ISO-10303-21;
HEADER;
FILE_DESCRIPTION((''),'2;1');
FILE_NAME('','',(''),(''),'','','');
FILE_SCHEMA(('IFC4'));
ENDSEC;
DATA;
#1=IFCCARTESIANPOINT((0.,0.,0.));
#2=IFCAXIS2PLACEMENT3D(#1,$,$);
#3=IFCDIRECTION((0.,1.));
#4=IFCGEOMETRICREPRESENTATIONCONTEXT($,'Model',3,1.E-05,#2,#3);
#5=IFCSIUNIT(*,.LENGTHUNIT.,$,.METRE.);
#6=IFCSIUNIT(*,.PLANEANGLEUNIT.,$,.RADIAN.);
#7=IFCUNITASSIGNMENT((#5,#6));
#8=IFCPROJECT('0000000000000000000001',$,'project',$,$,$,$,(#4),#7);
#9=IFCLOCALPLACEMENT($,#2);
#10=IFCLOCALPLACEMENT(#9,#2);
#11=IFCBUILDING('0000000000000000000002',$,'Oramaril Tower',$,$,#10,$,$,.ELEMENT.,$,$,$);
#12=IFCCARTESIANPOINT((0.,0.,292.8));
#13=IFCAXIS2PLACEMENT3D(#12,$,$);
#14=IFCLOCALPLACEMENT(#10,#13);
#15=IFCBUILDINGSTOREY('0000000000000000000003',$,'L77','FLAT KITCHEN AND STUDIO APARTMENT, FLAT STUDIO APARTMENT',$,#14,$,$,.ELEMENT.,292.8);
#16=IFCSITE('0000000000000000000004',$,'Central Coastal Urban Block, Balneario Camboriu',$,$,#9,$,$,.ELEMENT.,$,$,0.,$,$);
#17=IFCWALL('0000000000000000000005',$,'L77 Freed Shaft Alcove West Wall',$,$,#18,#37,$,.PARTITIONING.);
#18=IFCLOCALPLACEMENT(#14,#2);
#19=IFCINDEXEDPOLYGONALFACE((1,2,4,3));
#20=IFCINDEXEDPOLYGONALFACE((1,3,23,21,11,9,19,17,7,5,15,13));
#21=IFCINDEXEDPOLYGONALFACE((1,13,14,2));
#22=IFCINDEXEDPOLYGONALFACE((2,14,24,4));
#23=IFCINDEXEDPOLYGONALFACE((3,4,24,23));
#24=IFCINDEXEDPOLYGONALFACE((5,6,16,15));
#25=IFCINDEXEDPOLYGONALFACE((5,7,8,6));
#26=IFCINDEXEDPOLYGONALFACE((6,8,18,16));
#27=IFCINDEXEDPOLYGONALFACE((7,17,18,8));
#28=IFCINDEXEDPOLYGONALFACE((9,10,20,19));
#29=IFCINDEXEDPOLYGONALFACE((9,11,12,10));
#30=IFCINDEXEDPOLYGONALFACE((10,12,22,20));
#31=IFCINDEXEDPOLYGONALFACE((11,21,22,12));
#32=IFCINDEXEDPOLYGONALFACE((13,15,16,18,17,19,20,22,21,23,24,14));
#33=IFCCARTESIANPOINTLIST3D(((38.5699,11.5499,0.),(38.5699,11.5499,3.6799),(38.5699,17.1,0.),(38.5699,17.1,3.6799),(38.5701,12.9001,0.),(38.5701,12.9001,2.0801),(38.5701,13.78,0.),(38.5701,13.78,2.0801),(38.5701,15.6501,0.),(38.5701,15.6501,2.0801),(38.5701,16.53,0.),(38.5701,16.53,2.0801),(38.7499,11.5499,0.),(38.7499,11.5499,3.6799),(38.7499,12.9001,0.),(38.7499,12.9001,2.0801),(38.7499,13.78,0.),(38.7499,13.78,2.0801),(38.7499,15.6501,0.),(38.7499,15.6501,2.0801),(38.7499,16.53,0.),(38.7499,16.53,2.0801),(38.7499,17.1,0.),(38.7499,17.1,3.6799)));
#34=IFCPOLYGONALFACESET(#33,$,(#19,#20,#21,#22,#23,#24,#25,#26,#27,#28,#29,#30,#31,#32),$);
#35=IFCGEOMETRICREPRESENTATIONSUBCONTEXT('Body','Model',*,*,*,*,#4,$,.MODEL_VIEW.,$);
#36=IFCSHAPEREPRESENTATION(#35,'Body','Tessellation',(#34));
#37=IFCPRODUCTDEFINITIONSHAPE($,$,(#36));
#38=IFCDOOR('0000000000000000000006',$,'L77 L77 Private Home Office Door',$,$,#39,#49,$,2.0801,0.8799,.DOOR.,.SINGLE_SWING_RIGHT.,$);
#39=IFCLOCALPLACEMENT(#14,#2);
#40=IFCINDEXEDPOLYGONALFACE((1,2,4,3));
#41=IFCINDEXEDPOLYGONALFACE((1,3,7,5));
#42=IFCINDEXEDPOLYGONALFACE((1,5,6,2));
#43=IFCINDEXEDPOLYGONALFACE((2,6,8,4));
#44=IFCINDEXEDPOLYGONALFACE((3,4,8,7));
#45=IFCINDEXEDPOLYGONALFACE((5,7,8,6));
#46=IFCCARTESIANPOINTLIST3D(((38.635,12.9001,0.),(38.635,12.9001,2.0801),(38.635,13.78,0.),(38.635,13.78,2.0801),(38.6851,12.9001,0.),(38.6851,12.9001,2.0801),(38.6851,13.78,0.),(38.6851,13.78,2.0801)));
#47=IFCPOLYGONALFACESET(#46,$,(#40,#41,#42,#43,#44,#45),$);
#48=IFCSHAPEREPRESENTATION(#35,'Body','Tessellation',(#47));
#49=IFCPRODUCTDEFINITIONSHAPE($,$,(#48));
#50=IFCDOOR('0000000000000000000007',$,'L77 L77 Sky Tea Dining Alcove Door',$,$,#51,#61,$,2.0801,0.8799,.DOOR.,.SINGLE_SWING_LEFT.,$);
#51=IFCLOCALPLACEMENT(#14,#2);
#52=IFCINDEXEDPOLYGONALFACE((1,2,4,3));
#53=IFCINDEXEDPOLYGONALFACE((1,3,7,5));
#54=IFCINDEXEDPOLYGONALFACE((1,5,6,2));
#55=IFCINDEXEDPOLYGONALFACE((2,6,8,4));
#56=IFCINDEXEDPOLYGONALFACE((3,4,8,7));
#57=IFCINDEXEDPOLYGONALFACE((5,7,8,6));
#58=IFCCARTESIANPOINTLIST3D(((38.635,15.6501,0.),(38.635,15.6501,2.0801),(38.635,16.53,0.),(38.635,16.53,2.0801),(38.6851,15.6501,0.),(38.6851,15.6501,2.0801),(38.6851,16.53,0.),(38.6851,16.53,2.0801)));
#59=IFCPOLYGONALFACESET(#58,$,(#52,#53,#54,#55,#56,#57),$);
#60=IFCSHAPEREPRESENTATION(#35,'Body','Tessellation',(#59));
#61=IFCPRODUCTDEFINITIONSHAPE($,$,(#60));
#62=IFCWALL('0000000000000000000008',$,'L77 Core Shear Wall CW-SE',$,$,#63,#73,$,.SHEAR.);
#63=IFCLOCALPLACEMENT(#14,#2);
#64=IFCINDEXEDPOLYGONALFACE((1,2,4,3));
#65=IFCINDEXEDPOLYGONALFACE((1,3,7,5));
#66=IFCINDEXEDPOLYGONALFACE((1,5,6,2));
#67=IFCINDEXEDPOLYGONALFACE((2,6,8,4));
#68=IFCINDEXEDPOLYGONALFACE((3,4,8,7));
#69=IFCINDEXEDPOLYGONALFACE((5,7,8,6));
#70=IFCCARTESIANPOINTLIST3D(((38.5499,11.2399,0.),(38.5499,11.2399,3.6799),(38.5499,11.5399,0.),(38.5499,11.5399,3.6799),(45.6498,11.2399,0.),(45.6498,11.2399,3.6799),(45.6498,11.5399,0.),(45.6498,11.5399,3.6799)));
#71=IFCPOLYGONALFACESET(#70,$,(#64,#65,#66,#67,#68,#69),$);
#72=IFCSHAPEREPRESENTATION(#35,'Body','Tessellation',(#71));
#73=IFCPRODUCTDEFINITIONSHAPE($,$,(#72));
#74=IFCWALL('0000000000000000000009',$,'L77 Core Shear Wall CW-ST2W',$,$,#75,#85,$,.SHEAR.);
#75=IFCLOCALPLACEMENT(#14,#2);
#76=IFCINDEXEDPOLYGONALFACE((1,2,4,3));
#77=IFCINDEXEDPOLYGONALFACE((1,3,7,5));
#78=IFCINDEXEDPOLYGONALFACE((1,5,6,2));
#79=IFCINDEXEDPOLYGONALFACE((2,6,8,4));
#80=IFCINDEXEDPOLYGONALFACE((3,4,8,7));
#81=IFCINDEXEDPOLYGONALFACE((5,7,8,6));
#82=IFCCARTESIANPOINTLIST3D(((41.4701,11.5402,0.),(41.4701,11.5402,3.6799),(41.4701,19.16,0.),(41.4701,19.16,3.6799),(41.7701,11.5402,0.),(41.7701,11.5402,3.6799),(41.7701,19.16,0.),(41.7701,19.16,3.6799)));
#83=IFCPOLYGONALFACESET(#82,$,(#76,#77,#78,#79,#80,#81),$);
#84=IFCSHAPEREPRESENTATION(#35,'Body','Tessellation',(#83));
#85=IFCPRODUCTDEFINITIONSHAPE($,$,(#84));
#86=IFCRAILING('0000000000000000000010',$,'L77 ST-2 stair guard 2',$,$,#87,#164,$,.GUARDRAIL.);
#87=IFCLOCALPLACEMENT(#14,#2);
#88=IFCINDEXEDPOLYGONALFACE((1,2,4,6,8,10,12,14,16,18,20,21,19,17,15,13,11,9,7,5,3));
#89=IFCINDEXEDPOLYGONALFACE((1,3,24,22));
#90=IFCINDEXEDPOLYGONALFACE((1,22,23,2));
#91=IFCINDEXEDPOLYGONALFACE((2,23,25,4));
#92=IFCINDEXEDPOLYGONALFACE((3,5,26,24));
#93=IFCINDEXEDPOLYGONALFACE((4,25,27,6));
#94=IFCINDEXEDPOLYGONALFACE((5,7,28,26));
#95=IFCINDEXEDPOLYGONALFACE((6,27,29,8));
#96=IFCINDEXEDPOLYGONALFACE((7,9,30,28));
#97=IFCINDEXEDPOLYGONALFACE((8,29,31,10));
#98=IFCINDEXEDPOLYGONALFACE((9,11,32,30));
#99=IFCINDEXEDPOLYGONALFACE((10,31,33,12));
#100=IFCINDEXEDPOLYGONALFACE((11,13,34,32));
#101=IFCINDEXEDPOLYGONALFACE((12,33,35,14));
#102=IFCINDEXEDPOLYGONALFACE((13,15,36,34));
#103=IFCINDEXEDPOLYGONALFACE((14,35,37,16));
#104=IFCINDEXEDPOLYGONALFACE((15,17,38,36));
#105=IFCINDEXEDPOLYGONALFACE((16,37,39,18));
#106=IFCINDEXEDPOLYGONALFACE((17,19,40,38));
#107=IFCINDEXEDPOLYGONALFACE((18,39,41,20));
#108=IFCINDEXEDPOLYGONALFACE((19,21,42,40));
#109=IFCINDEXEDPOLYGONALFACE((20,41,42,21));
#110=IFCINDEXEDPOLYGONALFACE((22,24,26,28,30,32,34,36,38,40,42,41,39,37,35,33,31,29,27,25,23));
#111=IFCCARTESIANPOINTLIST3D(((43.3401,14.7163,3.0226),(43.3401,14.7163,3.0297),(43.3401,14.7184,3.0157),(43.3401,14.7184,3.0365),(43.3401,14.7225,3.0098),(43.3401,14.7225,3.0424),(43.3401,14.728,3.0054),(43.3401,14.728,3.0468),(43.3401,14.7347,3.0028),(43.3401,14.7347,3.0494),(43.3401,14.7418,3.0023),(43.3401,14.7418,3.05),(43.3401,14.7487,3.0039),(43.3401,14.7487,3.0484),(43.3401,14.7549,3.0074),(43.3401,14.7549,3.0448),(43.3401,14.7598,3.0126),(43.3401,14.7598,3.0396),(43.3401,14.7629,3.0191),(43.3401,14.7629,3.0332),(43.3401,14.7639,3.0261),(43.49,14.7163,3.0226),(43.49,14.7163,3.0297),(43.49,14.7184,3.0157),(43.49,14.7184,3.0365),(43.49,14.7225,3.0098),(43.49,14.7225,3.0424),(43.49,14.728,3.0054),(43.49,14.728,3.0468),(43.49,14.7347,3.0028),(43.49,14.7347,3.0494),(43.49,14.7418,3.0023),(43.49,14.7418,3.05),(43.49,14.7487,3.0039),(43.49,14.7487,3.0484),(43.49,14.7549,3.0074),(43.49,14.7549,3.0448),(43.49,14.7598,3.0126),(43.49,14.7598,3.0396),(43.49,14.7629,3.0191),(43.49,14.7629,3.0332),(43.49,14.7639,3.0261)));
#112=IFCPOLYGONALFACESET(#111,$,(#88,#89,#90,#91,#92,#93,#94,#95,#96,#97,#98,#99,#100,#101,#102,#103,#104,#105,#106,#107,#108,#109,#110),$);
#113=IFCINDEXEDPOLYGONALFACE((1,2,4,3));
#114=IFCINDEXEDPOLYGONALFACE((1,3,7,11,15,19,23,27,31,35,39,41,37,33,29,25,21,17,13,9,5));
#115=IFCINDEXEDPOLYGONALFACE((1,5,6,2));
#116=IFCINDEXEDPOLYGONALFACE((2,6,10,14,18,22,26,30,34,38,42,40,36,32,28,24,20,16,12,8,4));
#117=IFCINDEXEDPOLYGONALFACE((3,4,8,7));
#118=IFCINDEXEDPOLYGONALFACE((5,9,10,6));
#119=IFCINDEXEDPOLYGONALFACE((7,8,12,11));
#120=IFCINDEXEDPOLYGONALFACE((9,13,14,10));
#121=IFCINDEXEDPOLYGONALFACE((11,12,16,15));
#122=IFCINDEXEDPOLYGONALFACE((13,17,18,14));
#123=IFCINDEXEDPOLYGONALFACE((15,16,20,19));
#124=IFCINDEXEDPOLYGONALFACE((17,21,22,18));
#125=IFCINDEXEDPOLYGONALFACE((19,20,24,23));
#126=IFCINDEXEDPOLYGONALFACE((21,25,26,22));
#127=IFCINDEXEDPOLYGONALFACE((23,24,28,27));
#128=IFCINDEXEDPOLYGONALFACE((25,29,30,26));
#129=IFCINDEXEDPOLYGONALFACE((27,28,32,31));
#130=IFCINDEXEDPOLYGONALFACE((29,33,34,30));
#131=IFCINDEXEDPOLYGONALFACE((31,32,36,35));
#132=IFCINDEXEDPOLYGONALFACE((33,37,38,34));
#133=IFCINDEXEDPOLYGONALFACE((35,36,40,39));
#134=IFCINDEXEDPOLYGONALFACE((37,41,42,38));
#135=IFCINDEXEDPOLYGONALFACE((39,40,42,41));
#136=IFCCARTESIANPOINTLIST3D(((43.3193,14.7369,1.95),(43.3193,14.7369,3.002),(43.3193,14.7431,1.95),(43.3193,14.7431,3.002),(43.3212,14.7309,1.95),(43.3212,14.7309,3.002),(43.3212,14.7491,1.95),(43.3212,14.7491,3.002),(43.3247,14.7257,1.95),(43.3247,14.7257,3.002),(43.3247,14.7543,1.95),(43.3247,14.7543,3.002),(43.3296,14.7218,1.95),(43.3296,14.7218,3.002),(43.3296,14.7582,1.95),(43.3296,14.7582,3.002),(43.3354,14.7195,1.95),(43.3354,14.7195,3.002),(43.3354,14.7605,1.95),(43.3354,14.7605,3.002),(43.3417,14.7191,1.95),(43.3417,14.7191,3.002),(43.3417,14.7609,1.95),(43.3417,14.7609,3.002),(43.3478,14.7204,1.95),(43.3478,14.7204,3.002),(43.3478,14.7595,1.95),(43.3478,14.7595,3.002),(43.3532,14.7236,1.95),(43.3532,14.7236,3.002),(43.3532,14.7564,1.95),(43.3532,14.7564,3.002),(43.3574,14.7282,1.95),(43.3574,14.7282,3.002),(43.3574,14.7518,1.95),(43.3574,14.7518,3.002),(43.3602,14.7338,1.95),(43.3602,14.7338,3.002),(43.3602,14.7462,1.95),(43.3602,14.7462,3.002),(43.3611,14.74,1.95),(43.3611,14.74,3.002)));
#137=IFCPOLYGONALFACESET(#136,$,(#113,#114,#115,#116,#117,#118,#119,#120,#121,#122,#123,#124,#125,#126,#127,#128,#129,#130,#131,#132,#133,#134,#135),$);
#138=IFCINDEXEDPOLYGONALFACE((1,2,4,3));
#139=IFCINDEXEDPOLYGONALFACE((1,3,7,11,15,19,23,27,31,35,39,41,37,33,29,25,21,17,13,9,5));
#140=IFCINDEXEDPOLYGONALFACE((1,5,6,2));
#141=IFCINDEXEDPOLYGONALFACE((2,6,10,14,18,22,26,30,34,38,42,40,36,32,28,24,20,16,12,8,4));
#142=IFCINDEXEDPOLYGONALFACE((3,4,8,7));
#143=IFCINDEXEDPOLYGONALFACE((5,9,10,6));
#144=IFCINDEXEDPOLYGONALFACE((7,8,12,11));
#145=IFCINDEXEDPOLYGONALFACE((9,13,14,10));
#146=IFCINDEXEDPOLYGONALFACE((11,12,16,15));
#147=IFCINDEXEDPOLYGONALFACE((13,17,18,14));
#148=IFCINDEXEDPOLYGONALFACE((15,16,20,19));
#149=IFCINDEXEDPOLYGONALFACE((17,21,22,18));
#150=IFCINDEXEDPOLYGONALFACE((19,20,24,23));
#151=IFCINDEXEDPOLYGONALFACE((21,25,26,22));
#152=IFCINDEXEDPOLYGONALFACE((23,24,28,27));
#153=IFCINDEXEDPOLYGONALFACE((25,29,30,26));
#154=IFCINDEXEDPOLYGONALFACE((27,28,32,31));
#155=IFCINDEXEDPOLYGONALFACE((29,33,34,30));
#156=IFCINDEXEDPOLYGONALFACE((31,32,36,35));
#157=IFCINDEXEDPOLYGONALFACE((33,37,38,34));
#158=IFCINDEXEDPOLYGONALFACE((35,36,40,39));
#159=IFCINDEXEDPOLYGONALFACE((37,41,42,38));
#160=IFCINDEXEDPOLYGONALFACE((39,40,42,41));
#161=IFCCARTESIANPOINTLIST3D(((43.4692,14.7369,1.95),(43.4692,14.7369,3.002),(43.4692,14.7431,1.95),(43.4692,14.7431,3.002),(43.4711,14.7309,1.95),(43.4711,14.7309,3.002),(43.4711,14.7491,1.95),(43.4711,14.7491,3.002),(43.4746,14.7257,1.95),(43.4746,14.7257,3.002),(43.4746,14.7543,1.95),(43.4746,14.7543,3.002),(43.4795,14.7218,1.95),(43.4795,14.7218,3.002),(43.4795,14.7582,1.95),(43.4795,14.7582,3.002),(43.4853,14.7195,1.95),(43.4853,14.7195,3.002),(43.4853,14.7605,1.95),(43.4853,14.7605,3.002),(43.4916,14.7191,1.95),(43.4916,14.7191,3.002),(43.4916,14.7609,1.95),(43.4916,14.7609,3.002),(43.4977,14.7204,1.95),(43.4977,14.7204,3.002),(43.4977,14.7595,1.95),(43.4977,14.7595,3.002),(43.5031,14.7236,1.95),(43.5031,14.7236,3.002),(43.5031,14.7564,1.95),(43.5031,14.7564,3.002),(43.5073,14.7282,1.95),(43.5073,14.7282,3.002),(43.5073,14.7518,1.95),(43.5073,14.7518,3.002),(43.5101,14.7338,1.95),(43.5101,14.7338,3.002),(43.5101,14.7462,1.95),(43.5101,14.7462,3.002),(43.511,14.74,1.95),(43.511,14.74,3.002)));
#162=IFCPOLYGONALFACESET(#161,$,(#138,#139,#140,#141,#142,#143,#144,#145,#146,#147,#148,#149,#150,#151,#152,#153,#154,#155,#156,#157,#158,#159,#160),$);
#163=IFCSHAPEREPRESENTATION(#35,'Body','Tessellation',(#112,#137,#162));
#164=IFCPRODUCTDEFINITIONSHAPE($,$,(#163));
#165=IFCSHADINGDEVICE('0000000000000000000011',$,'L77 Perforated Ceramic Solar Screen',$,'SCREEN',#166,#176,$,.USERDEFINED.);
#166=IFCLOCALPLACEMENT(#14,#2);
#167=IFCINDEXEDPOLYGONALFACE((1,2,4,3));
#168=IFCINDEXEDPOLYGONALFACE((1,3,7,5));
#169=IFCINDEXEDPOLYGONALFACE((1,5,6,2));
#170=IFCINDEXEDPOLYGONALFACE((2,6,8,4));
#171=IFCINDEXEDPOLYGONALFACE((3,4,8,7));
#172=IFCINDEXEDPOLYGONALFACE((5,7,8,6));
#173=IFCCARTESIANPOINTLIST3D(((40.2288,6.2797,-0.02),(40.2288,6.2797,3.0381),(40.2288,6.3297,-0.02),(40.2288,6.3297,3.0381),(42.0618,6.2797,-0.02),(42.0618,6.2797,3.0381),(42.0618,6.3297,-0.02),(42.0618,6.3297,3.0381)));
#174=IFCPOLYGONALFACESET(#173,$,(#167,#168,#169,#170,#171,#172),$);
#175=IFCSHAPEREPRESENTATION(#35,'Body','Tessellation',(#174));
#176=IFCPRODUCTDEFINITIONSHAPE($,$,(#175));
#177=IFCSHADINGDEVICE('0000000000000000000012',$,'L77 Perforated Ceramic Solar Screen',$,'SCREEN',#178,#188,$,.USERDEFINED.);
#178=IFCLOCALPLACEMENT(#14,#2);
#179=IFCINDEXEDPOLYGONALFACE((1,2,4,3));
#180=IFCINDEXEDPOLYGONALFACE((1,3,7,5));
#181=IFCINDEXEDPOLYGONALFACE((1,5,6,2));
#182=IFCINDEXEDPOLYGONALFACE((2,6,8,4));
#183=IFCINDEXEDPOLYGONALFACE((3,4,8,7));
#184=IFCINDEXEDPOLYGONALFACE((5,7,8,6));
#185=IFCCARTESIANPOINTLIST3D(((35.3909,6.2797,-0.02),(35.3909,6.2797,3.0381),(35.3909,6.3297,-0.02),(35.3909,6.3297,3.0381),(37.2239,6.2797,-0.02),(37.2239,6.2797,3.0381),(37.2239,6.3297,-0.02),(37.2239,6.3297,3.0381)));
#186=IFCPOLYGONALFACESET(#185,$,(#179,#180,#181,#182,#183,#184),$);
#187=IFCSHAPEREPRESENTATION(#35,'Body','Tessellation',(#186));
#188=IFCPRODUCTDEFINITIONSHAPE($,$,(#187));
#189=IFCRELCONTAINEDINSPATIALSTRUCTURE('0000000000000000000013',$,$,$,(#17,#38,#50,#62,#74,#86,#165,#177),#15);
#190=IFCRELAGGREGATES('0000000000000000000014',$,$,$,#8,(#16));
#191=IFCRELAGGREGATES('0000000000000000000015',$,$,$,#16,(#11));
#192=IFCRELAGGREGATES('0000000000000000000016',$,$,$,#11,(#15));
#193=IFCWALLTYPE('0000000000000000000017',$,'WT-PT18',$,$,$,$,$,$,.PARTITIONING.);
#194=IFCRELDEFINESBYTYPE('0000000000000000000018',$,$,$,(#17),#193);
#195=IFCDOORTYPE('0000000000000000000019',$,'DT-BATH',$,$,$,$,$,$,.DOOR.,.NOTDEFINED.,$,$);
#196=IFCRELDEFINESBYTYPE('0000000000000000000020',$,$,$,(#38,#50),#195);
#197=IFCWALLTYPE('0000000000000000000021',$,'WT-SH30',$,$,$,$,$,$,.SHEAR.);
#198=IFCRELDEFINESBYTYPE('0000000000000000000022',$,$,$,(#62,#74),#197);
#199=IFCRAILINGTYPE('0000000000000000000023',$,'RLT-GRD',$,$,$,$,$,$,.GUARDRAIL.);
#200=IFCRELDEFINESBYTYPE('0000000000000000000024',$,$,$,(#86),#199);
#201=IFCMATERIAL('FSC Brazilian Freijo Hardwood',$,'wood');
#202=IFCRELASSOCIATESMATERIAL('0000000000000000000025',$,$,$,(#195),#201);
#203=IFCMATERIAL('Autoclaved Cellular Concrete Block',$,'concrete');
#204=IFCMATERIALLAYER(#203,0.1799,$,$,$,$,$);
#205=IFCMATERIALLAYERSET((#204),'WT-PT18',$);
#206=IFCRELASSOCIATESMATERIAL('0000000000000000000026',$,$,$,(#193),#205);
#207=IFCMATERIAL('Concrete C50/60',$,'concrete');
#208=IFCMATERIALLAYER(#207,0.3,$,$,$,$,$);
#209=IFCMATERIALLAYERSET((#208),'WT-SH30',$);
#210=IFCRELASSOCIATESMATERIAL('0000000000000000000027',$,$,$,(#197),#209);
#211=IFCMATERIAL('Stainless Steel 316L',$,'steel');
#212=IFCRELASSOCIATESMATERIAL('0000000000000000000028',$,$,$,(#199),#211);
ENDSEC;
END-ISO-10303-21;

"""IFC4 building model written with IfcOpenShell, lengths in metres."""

from ifc_helpers import new_model, si_unit, direction, frame, frame_2d, origin, origin_2d, place, context, subcontext, project, spatial, rectangle, circle, extrude, material, layer, layer_set, type_object, element, fill, save


model = new_model("IFC4")

# Units and contexts
model_context = context("Model", 3, precision=1e-05, world=origin(), true_north=direction((0.0, 1.0)))
body_context = subcontext(model_context, "Body", "Model", "MODEL_VIEW")
ifc_project = project(units=[si_unit("LENGTHUNIT", "METRE"), si_unit("PLANEANGLEUNIT", "RADIAN")], contexts=[model_context])

# Site, building, storey
site_placement = place(None, origin())
site = spatial("IfcSite", under=ifc_project, at=site_placement, Name="Central Coastal Urban Block, Balneario Camboriu", CompositionType="ELEMENT", RefElevation=0.0)
building_placement = place(site_placement, origin())
building = spatial("IfcBuilding", under=site, at=building_placement, Name="Oramaril Tower", CompositionType="ELEMENT")
storey_placement = place(building_placement, frame((0.0, 0.0, 292.8)))
storey = spatial("IfcBuildingStorey", under=building, at=storey_placement, Name="L77", Description="FLAT KITCHEN AND STUDIO APARTMENT, FLAT STUDIO APARTMENT", CompositionType="ELEMENT", Elevation=292.8)

# Shared definitions
ifc_material_1 = material(Name="FSC Brazilian Freijo Hardwood", Category="wood")
door_type_1 = type_object("IfcDoorType", Name="DT-BATH", OperationType="NOTDEFINED", PredefinedType="DOOR", material=ifc_material_1)

# Shared definitions
ifc_material_2 = material(Name="Autoclaved Cellular Concrete Block", Category="concrete")
ifc_layer_1 = layer(ifc_material_2, 0.1799)
ifc_layer_set_1 = layer_set([ifc_layer_1], Name="WT-PT18")
wall_type_1 = type_object("IfcWallType", Name="WT-PT18", PredefinedType="PARTITIONING", material=ifc_layer_set_1)

# Wall, openings, doors
wall_1_placement = place(storey_placement, frame((38.6599, 11.55, 0.0), z_axis=(0.0, 0.0, 1.0), x_axis=(0.0, 1.0, 0.0)))
wall_1 = element("IfcWall", 1, at=wall_1_placement, inside=storey, type_object=wall_type_1, Name="L77 Freed Shaft Alcove West Wall", PredefinedType="PARTITIONING", context=body_context, shape_type="SweptSolid", body=[
    extrude(rectangle(XDim=5.55, YDim=0.1799, at=frame_2d((2.7749, 0.0))), origin(), (0.0, 0.0, 1.0), 3.6799),
])
opening_1_placement = place(wall_1_placement, frame((1.3501, 0.0, 0.0)))
opening_1 = element("IfcOpeningElement", 2, at=opening_1_placement, cuts=wall_1, PredefinedType="OPENING", context=body_context, shape_type="SweptSolid", body=[
    extrude(rectangle(XDim=0.8799, YDim=2.0801, at=frame_2d((0.4399, 1.04))), frame((0.0, 0.0898, 0.0), z_axis=(0.0, -1.0, 0.0), x_axis=(1.0, 0.0, 0.0)), (0.0, 0.0, 1.0), 0.1799),
])
opening_2_placement = place(wall_1_placement, frame((4.1001, 0.0, 0.0)))
opening_2 = element("IfcOpeningElement", 3, at=opening_2_placement, cuts=wall_1, PredefinedType="OPENING", context=body_context, shape_type="SweptSolid", body=[
    extrude(rectangle(XDim=0.8799, YDim=2.0801, at=frame_2d((0.4399, 1.04))), frame((0.0, 0.0898, 0.0), z_axis=(0.0, -1.0, 0.0), x_axis=(1.0, 0.0, 0.0)), (0.0, 0.0, 1.0), 0.1799),
])
door_1_placement = place(opening_1_placement, origin())
door_1 = element("IfcDoor", 4, at=door_1_placement, inside=storey, type_object=door_type_1, Name="L77 L77 Private Home Office Door", OperationType="SINGLE_SWING_RIGHT", OverallHeight=2.0801, OverallWidth=0.8799, PredefinedType="DOOR", context=body_context, shape_type="SweptSolid", body=[
    extrude(rectangle(XDim=0.8799, YDim=2.0801, at=frame_2d((0.4399, 1.04))), frame((0.0, 0.0249, 0.0), z_axis=(0.0, -1.0, 0.0), x_axis=(1.0, 0.0, 0.0)), (0.0, 0.0, 1.0), 0.05),
])
fill(opening_1, door_1)
door_2_placement = place(opening_2_placement, origin())
door_2 = element("IfcDoor", 5, at=door_2_placement, inside=storey, type_object=door_type_1, Name="L77 L77 Sky Tea Dining Alcove Door", OperationType="SINGLE_SWING_LEFT", OverallHeight=2.0801, OverallWidth=0.8799, PredefinedType="DOOR", context=body_context, shape_type="SweptSolid", body=[
    extrude(rectangle(XDim=0.8799, YDim=2.0801, at=frame_2d((0.4399, 1.04))), frame((0.0, 0.0249, 0.0), z_axis=(0.0, -1.0, 0.0), x_axis=(1.0, 0.0, 0.0)), (0.0, 0.0, 1.0), 0.05),
])
fill(opening_2, door_2)

# Walls
ifc_material_3 = material(Name="Concrete C50/60", Category="concrete")
ifc_layer_2 = layer(ifc_material_3, 0.3)
ifc_layer_set_2 = layer_set([ifc_layer_2], Name="WT-SH30")
wall_type_2 = type_object("IfcWallType", Name="WT-SH30", PredefinedType="SHEAR", material=ifc_layer_set_2)
wall_2_placement = place(storey_placement, frame((38.55, 11.3899, 0.0), z_axis=(0.0, 0.0, 1.0), x_axis=(1.0, 0.0, 0.0)))
element("IfcWall", 6, at=wall_2_placement, inside=storey, type_object=wall_type_2, Name="L77 Core Shear Wall CW-SE", PredefinedType="SHEAR", context=body_context, shape_type="SweptSolid", body=[
    extrude(rectangle(XDim=7.0999, YDim=0.3, at=frame_2d((3.5498, 0.0))), origin(), (0.0, 0.0, 1.0), 3.6799),
])
wall_3_placement = place(storey_placement, frame((41.6201, 11.54, 0.0), z_axis=(0.0, 0.0, 1.0), x_axis=(0.0, 1.0, 0.0)))
element("IfcWall", 7, at=wall_3_placement, inside=storey, type_object=wall_type_2, Name="L77 Core Shear Wall CW-ST2W", PredefinedType="SHEAR", context=body_context, shape_type="SweptSolid", body=[
    extrude(rectangle(XDim=7.6199, YDim=0.3, at=frame_2d((3.8101, 0.0))), origin(), (0.0, 0.0, 1.0), 3.6799),
])

# Railing
ifc_material_4 = material(Name="Stainless Steel 316L", Category="steel")
railing_type = type_object("IfcRailingType", Name="RLT-GRD", PredefinedType="GUARDRAIL", material=ifc_material_4)
railing_placement = place(storey_placement, frame((43.3401, 14.74, 1.95)))
element("IfcRailing", 8, at=railing_placement, inside=storey, type_object=railing_type, Name="L77 ST-2 stair guard 2", PredefinedType="GUARDRAIL", context=body_context, shape_type="SweptSolid", body=[
    extrude(circle(Radius=0.0239, at=origin_2d()), frame((0.0, 0.0, 1.0762), z_axis=(1.0, 0.0, 0.0), x_axis=(0.0, 1.0, 0.0)), (0.0, 0.0, 1.0), 0.1499),
    extrude(circle(Radius=0.021, at=origin_2d()), origin(), (0.0, 0.0, 1.0), 1.052),
    extrude(circle(Radius=0.021, at=origin_2d()), frame((0.1499, 0.0, 0.0)), (0.0, 0.0, 1.0), 1.052),
])

# Shading devices
for number, where, z_axis, x_axis, name in (
    (9, (41.1453, 6.3047, -0.02), (0.0, 0.0, 1.0), (1.0, 0.0, 0.0), "L77 Perforated Ceramic Solar Screen"),
    (10, (36.3074, 6.3047, -0.02), (0.0, 0.0, 1.0), (1.0, 0.0, 0.0), "L77 Perforated Ceramic Solar Screen"),
):
    element("IfcShadingDevice", number, at=place(storey_placement, frame(where, z_axis=z_axis, x_axis=x_axis)), inside=storey, Name=name, ObjectType="SCREEN", PredefinedType="USERDEFINED", context=body_context, shape_type="SweptSolid", body=[
        extrude(rectangle(XDim=1.833, YDim=0.05, at=origin_2d()), origin(), (0.0, 0.0, 1.0), 3.0581),
    ])

save(model, "model.ifc")
